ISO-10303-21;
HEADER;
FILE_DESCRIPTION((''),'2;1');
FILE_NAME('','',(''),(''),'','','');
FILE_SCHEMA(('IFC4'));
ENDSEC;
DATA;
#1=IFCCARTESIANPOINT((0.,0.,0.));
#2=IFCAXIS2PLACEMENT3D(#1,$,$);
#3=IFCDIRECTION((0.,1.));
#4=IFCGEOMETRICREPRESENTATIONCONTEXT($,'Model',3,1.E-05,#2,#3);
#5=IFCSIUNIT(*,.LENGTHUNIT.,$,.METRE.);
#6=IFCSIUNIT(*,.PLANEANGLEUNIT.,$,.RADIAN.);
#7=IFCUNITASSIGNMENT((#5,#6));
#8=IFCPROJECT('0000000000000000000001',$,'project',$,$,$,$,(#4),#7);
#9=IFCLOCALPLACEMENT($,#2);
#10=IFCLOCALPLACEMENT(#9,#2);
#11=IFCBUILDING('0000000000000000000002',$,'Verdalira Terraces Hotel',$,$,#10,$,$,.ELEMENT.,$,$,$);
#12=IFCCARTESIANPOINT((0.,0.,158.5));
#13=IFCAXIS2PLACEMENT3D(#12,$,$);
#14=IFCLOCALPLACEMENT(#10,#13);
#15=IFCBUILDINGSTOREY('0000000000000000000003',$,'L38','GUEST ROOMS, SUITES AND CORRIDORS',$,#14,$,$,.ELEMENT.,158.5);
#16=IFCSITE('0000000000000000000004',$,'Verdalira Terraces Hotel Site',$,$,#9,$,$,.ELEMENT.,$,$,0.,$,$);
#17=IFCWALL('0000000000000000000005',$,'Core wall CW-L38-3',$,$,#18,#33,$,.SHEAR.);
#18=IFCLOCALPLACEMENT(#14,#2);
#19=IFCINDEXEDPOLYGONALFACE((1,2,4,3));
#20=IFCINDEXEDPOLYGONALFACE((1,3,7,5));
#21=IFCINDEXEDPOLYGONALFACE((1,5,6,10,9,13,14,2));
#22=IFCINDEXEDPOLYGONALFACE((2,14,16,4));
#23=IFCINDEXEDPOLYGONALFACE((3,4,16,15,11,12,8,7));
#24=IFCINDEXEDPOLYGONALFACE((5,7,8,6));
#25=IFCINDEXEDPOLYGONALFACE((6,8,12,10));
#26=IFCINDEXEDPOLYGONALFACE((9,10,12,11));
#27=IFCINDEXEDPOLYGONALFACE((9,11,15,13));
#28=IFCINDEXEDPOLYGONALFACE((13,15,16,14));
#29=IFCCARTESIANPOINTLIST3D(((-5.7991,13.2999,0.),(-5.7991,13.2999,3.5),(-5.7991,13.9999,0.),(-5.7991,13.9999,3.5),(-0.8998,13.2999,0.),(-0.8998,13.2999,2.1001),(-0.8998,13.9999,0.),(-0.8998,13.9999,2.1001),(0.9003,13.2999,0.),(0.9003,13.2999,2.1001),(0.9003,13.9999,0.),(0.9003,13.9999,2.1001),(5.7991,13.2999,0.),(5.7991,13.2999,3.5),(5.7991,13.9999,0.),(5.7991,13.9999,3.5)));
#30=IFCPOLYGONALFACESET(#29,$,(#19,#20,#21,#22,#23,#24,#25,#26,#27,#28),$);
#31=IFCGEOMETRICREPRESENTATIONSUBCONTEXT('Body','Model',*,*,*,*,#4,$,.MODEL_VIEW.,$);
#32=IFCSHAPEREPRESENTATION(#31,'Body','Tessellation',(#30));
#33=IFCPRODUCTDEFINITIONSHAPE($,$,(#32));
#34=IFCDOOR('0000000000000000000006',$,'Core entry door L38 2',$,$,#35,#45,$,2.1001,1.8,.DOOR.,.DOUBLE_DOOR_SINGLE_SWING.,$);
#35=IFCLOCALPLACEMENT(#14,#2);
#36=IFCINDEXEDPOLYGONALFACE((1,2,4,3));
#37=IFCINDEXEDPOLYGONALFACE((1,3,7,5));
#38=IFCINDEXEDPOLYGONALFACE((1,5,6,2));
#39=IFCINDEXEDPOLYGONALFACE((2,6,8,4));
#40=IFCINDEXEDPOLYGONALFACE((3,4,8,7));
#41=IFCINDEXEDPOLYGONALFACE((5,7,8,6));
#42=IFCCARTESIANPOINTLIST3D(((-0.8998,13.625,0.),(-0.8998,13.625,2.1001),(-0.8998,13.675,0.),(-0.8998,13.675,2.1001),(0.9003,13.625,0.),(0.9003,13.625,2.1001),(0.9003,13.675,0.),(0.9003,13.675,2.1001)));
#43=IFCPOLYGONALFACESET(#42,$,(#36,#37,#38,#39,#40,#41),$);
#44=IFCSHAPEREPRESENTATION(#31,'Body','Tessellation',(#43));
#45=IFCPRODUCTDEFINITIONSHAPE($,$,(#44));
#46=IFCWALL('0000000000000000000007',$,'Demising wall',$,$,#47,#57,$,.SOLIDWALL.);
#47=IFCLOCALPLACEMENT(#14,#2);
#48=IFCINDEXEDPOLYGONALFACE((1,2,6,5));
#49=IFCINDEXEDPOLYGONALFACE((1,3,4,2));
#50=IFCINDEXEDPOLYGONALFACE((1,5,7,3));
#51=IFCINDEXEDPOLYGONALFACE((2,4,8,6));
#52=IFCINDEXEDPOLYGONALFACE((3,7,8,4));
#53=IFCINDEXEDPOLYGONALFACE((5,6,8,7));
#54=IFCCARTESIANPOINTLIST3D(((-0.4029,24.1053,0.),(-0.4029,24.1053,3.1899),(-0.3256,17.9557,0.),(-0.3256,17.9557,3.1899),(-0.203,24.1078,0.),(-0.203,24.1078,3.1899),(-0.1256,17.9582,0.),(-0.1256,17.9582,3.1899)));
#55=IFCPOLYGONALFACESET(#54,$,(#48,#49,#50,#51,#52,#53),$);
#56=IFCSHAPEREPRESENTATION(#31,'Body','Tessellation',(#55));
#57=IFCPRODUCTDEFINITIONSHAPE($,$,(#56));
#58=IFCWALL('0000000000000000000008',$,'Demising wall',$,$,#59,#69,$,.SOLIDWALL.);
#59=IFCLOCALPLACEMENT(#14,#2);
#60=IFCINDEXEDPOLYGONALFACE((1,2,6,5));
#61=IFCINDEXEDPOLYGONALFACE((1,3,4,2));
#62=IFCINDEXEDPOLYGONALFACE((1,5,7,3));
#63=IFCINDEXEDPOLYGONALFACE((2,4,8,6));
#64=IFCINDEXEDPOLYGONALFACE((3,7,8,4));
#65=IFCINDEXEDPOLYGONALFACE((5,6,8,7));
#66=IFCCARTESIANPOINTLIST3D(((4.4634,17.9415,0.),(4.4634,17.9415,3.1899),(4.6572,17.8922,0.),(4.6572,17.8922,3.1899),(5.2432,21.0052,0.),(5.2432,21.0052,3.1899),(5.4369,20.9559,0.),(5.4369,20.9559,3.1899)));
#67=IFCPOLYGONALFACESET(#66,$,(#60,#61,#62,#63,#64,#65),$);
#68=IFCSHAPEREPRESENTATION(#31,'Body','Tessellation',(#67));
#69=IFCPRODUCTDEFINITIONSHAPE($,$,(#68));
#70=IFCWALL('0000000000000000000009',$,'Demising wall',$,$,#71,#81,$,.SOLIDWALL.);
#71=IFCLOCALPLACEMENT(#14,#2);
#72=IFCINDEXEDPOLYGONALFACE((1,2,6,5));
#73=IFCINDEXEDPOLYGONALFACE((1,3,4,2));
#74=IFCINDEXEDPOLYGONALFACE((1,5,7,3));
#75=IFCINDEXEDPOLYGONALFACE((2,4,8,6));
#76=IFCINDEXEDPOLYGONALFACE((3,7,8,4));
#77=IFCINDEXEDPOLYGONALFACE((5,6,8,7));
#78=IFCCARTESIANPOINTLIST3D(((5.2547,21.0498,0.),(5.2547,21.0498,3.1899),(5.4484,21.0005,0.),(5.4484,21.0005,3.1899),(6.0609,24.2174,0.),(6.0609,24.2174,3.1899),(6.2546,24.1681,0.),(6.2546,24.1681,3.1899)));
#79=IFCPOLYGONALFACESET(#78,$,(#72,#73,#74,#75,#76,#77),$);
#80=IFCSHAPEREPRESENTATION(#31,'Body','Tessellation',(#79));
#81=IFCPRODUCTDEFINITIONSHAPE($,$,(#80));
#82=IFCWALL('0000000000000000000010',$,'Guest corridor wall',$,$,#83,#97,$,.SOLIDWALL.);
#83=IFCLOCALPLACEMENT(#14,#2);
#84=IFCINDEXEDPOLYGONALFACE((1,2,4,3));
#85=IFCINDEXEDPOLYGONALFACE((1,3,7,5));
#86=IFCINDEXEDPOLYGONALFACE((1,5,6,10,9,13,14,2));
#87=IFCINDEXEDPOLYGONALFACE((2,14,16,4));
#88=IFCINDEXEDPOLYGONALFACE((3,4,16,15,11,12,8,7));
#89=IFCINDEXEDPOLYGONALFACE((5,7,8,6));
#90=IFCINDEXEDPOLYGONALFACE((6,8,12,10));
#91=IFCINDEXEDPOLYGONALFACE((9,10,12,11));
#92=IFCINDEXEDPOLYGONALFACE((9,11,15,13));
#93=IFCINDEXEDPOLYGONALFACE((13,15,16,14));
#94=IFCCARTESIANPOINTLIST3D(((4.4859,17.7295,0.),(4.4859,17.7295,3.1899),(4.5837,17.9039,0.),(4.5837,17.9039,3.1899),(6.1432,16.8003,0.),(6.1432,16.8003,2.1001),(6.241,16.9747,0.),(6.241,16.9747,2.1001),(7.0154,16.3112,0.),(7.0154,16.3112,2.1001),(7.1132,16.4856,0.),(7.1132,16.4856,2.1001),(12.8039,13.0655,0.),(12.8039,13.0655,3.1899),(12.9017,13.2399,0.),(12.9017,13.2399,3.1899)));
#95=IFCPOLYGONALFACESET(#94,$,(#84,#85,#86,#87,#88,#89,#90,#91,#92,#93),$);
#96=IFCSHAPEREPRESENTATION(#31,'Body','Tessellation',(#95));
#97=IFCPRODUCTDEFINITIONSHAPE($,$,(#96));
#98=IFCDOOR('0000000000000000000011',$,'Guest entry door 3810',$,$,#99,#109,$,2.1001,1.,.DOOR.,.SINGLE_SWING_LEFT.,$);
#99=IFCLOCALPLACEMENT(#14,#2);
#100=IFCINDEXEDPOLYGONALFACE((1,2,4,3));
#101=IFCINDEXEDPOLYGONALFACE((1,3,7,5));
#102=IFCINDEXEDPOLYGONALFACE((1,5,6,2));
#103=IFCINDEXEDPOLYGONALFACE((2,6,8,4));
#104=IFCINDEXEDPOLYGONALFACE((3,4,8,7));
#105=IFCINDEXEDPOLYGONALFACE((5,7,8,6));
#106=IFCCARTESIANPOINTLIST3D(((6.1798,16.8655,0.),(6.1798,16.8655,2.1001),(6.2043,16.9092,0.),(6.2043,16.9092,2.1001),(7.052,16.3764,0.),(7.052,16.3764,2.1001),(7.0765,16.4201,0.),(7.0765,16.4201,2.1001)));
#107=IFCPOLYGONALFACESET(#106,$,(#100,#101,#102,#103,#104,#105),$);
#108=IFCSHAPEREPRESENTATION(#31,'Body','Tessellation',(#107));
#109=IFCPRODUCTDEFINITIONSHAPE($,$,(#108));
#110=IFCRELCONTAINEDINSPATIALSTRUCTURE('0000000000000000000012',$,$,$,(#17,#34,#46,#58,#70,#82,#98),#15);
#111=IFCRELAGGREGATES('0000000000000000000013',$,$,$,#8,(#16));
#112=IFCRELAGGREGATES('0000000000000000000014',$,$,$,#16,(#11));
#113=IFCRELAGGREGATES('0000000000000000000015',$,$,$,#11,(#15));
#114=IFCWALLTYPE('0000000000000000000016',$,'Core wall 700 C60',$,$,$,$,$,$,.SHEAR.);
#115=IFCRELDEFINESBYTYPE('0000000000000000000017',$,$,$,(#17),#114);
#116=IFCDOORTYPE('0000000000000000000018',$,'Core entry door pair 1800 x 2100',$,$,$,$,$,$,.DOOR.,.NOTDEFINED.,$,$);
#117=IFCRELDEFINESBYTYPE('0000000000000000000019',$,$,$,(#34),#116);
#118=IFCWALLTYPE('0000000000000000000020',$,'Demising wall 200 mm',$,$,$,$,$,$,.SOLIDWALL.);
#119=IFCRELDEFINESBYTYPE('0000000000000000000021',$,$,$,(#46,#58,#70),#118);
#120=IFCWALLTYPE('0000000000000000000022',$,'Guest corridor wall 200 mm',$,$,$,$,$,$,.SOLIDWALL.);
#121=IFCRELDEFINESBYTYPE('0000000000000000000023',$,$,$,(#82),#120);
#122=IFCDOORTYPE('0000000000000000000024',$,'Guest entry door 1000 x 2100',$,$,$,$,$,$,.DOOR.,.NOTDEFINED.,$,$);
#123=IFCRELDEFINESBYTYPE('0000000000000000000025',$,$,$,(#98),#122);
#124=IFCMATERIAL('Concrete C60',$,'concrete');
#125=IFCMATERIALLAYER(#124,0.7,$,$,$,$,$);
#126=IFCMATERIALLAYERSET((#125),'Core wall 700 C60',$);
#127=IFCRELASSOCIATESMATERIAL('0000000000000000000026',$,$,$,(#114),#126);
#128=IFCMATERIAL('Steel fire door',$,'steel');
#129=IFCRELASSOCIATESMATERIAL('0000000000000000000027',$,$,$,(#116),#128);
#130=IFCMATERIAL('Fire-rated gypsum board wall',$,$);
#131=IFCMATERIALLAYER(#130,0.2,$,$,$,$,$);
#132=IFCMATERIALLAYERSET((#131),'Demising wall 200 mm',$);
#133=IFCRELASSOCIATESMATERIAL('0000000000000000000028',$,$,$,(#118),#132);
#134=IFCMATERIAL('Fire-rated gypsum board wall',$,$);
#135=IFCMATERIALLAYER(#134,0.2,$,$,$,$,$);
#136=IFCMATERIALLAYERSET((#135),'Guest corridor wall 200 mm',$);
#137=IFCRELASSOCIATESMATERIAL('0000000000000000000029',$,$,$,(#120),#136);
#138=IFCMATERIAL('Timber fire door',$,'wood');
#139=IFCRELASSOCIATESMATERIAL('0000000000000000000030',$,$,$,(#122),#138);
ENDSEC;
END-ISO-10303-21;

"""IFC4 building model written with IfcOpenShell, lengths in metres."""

from ifc_helpers import new_model, si_unit, direction, frame, frame_2d, origin, place, context, subcontext, project, spatial, rectangle, extrude, material, layer, layer_set, type_object, element, fill, save


model = new_model("IFC4")

# Units and contexts
model_context = context("Model", 3, precision=1e-05, world=origin(), true_north=direction((0.0, 1.0)))
body_context = subcontext(model_context, "Body", "Model", "MODEL_VIEW")
ifc_project = project(units=[si_unit("LENGTHUNIT", "METRE"), si_unit("PLANEANGLEUNIT", "RADIAN")], contexts=[model_context])

# Site, building, storey
site_placement = place(None, origin())
site = spatial("IfcSite", under=ifc_project, at=site_placement, Name="Verdalira Terraces Hotel Site", CompositionType="ELEMENT", RefElevation=0.0)
building_placement = place(site_placement, origin())
building = spatial("IfcBuilding", under=site, at=building_placement, Name="Verdalira Terraces Hotel", CompositionType="ELEMENT")
storey_placement = place(building_placement, frame((0.0, 0.0, 158.5)))
storey = spatial("IfcBuildingStorey", under=building, at=storey_placement, Name="L38", Description="GUEST ROOMS, SUITES AND CORRIDORS", CompositionType="ELEMENT", Elevation=158.5)

# Wall, opening, door
ifc_material_1 = material(Name="Concrete C60", Category="concrete")
ifc_layer_1 = layer(ifc_material_1, 0.7)
ifc_layer_set_1 = layer_set([ifc_layer_1], Name="Core wall 700 C60")
wall_type_1 = type_object("IfcWallType", Name="Core wall 700 C60", PredefinedType="SHEAR", material=ifc_layer_set_1)
wall_1_placement = place(storey_placement, frame((5.7991, 13.6499, 0.0), z_axis=(0.0, 0.0, 1.0), x_axis=(-1.0, 0.0, 0.0)))
wall_1 = element("IfcWall", 1, at=wall_1_placement, inside=storey, type_object=wall_type_1, Name="Core wall CW-L38-3", PredefinedType="SHEAR", context=body_context, shape_type="SweptSolid", body=[
    extrude(rectangle(XDim=11.5981, YDim=0.7, at=frame_2d((5.7991, 0.0))), origin(), (0.0, 0.0, 1.0), 3.5),
])
opening_1_placement = place(wall_1_placement, frame((4.8989, 0.0, 0.0)))
opening_1 = element("IfcOpeningElement", 2, at=opening_1_placement, cuts=wall_1, PredefinedType="OPENING", context=body_context, shape_type="SweptSolid", body=[
    extrude(rectangle(XDim=1.8, YDim=2.1001, at=frame_2d((0.8999, 1.05))), frame((0.0, 0.3599, 0.0), z_axis=(0.0, -1.0, 0.0), x_axis=(1.0, 0.0, 0.0)), (0.0, 0.0, 1.0), 0.72),
])
ifc_material_2 = material(Name="Steel fire door", Category="steel")
door_type_1 = type_object("IfcDoorType", Name="Core entry door pair 1800 x 2100", OperationType="NOTDEFINED", PredefinedType="DOOR", material=ifc_material_2)
door_1_placement = place(opening_1_placement, origin())
door_1 = element("IfcDoor", 3, at=door_1_placement, inside=storey, type_object=door_type_1, Name="Core entry door L38 2", OperationType="DOUBLE_DOOR_SINGLE_SWING", OverallHeight=2.1001, OverallWidth=1.8, PredefinedType="DOOR", context=body_context, shape_type="SweptSolid", body=[
    extrude(rectangle(XDim=1.8, YDim=2.1001, at=frame_2d((0.8999, 1.05))), frame((0.0, 0.0249, 0.0), z_axis=(0.0, -1.0, 0.0), x_axis=(1.0, 0.0, 0.0)), (0.0, 0.0, 1.0), 0.05),
])
fill(opening_1, door_1)

# Walls
ifc_material_3 = material(Name="Fire-rated gypsum board wall")
ifc_layer_2 = layer(ifc_material_3, 0.2)
ifc_layer_set_2 = layer_set([ifc_layer_2], Name="Demising wall 200 mm")
wall_type_2 = type_object("IfcWallType", Name="Demising wall 200 mm", PredefinedType="SOLIDWALL", material=ifc_layer_set_2)
wall_2_placement = place(storey_placement, frame((-0.2256, 17.9568, 0.0), z_axis=(0.0, 0.0, 1.0), x_axis=(-0.012584, 0.999921, 0.0)))
element("IfcWall", 4, at=wall_2_placement, inside=storey, type_object=wall_type_2, Name="Demising wall", PredefinedType="SOLIDWALL", context=body_context, shape_type="SweptSolid", body=[
    extrude(rectangle(XDim=6.1501, YDim=0.2, at=frame_2d((3.0752, 0.0))), origin(), (0.0, 0.0, 1.0), 3.1899),
])
wall_3_placement = place(storey_placement, frame((4.5603, 17.917, 0.0), z_axis=(0.0, 0.0, 1.0), x_axis=(0.246658, 0.969103, 0.0)))
element("IfcWall", 5, at=wall_3_placement, inside=storey, type_object=wall_type_2, Name="Demising wall", PredefinedType="SOLIDWALL", context=body_context, shape_type="SweptSolid", body=[
    extrude(rectangle(XDim=3.1614, YDim=0.2, at=frame_2d((1.5806, 0.0))), origin(), (0.0, 0.0, 1.0), 3.1899),
])
wall_4_placement = place(storey_placement, frame((5.3516, 21.0251, 0.0), z_axis=(0.0, 0.0, 1.0), x_axis=(0.246646, 0.969106, 0.0)))
element("IfcWall", 6, at=wall_4_placement, inside=storey, type_object=wall_type_2, Name="Demising wall", PredefinedType="SOLIDWALL", context=body_context, shape_type="SweptSolid", body=[
    extrude(rectangle(XDim=3.2686, YDim=0.2, at=frame_2d((1.6343, 0.0))), origin(), (0.0, 0.0, 1.0), 3.1899),
])

# Wall, opening, door
ifc_material_4 = material(Name="Fire-rated gypsum board wall")
ifc_layer_3 = layer(ifc_material_4, 0.2)
ifc_layer_set_3 = layer_set([ifc_layer_3], Name="Guest corridor wall 200 mm")
wall_type_3 = type_object("IfcWallType", Name="Guest corridor wall 200 mm", PredefinedType="SOLIDWALL", material=ifc_layer_set_3)
wall_5_placement = place(storey_placement, frame((4.5349, 17.8166, 0.0), z_axis=(0.0, 0.0, 1.0), x_axis=(0.872241, -0.489076, 0.0)))
wall_5 = element("IfcWall", 7, at=wall_5_placement, inside=storey, type_object=wall_type_3, Name="Guest corridor wall", PredefinedType="SOLIDWALL", context=body_context, shape_type="SweptSolid", body=[
    extrude(rectangle(XDim=9.5364, YDim=0.2, at=frame_2d((4.7681, 0.0))), origin(), (0.0, 0.0, 1.0), 3.1899),
])
opening_2_placement = place(wall_5_placement, frame((1.8999, 0.0, 0.0)))
opening_2 = element("IfcOpeningElement", 8, at=opening_2_placement, cuts=wall_5, PredefinedType="OPENING", context=body_context, shape_type="SweptSolid", body=[
    extrude(rectangle(XDim=1.0, YDim=2.1001, at=frame_2d((0.5, 1.05))), frame((0.0, 0.1099, 0.0), z_axis=(0.0, -1.0, 0.0), x_axis=(1.0, 0.0, 0.0)), (0.0, 0.0, 1.0), 0.22),
])
ifc_material_5 = material(Name="Timber fire door", Category="wood")
door_type_2 = type_object("IfcDoorType", Name="Guest entry door 1000 x 2100", OperationType="NOTDEFINED", PredefinedType="DOOR", material=ifc_material_5)
door_2_placement = place(opening_2_placement, origin())
door_2 = element("IfcDoor", 9, at=door_2_placement, inside=storey, type_object=door_type_2, Name="Guest entry door 3810", OperationType="SINGLE_SWING_LEFT", OverallHeight=2.1001, OverallWidth=1.0, PredefinedType="DOOR", context=body_context, shape_type="SweptSolid", body=[
    extrude(rectangle(XDim=1.0, YDim=2.1001, at=frame_2d((0.5, 1.05))), frame((0.0, 0.0249, 0.0), z_axis=(0.0, -1.0, 0.0), x_axis=(1.0, 0.0, 0.0)), (0.0, 0.0, 1.0), 0.05),
])
fill(opening_2, door_2)

save(model, "model.ifc")
